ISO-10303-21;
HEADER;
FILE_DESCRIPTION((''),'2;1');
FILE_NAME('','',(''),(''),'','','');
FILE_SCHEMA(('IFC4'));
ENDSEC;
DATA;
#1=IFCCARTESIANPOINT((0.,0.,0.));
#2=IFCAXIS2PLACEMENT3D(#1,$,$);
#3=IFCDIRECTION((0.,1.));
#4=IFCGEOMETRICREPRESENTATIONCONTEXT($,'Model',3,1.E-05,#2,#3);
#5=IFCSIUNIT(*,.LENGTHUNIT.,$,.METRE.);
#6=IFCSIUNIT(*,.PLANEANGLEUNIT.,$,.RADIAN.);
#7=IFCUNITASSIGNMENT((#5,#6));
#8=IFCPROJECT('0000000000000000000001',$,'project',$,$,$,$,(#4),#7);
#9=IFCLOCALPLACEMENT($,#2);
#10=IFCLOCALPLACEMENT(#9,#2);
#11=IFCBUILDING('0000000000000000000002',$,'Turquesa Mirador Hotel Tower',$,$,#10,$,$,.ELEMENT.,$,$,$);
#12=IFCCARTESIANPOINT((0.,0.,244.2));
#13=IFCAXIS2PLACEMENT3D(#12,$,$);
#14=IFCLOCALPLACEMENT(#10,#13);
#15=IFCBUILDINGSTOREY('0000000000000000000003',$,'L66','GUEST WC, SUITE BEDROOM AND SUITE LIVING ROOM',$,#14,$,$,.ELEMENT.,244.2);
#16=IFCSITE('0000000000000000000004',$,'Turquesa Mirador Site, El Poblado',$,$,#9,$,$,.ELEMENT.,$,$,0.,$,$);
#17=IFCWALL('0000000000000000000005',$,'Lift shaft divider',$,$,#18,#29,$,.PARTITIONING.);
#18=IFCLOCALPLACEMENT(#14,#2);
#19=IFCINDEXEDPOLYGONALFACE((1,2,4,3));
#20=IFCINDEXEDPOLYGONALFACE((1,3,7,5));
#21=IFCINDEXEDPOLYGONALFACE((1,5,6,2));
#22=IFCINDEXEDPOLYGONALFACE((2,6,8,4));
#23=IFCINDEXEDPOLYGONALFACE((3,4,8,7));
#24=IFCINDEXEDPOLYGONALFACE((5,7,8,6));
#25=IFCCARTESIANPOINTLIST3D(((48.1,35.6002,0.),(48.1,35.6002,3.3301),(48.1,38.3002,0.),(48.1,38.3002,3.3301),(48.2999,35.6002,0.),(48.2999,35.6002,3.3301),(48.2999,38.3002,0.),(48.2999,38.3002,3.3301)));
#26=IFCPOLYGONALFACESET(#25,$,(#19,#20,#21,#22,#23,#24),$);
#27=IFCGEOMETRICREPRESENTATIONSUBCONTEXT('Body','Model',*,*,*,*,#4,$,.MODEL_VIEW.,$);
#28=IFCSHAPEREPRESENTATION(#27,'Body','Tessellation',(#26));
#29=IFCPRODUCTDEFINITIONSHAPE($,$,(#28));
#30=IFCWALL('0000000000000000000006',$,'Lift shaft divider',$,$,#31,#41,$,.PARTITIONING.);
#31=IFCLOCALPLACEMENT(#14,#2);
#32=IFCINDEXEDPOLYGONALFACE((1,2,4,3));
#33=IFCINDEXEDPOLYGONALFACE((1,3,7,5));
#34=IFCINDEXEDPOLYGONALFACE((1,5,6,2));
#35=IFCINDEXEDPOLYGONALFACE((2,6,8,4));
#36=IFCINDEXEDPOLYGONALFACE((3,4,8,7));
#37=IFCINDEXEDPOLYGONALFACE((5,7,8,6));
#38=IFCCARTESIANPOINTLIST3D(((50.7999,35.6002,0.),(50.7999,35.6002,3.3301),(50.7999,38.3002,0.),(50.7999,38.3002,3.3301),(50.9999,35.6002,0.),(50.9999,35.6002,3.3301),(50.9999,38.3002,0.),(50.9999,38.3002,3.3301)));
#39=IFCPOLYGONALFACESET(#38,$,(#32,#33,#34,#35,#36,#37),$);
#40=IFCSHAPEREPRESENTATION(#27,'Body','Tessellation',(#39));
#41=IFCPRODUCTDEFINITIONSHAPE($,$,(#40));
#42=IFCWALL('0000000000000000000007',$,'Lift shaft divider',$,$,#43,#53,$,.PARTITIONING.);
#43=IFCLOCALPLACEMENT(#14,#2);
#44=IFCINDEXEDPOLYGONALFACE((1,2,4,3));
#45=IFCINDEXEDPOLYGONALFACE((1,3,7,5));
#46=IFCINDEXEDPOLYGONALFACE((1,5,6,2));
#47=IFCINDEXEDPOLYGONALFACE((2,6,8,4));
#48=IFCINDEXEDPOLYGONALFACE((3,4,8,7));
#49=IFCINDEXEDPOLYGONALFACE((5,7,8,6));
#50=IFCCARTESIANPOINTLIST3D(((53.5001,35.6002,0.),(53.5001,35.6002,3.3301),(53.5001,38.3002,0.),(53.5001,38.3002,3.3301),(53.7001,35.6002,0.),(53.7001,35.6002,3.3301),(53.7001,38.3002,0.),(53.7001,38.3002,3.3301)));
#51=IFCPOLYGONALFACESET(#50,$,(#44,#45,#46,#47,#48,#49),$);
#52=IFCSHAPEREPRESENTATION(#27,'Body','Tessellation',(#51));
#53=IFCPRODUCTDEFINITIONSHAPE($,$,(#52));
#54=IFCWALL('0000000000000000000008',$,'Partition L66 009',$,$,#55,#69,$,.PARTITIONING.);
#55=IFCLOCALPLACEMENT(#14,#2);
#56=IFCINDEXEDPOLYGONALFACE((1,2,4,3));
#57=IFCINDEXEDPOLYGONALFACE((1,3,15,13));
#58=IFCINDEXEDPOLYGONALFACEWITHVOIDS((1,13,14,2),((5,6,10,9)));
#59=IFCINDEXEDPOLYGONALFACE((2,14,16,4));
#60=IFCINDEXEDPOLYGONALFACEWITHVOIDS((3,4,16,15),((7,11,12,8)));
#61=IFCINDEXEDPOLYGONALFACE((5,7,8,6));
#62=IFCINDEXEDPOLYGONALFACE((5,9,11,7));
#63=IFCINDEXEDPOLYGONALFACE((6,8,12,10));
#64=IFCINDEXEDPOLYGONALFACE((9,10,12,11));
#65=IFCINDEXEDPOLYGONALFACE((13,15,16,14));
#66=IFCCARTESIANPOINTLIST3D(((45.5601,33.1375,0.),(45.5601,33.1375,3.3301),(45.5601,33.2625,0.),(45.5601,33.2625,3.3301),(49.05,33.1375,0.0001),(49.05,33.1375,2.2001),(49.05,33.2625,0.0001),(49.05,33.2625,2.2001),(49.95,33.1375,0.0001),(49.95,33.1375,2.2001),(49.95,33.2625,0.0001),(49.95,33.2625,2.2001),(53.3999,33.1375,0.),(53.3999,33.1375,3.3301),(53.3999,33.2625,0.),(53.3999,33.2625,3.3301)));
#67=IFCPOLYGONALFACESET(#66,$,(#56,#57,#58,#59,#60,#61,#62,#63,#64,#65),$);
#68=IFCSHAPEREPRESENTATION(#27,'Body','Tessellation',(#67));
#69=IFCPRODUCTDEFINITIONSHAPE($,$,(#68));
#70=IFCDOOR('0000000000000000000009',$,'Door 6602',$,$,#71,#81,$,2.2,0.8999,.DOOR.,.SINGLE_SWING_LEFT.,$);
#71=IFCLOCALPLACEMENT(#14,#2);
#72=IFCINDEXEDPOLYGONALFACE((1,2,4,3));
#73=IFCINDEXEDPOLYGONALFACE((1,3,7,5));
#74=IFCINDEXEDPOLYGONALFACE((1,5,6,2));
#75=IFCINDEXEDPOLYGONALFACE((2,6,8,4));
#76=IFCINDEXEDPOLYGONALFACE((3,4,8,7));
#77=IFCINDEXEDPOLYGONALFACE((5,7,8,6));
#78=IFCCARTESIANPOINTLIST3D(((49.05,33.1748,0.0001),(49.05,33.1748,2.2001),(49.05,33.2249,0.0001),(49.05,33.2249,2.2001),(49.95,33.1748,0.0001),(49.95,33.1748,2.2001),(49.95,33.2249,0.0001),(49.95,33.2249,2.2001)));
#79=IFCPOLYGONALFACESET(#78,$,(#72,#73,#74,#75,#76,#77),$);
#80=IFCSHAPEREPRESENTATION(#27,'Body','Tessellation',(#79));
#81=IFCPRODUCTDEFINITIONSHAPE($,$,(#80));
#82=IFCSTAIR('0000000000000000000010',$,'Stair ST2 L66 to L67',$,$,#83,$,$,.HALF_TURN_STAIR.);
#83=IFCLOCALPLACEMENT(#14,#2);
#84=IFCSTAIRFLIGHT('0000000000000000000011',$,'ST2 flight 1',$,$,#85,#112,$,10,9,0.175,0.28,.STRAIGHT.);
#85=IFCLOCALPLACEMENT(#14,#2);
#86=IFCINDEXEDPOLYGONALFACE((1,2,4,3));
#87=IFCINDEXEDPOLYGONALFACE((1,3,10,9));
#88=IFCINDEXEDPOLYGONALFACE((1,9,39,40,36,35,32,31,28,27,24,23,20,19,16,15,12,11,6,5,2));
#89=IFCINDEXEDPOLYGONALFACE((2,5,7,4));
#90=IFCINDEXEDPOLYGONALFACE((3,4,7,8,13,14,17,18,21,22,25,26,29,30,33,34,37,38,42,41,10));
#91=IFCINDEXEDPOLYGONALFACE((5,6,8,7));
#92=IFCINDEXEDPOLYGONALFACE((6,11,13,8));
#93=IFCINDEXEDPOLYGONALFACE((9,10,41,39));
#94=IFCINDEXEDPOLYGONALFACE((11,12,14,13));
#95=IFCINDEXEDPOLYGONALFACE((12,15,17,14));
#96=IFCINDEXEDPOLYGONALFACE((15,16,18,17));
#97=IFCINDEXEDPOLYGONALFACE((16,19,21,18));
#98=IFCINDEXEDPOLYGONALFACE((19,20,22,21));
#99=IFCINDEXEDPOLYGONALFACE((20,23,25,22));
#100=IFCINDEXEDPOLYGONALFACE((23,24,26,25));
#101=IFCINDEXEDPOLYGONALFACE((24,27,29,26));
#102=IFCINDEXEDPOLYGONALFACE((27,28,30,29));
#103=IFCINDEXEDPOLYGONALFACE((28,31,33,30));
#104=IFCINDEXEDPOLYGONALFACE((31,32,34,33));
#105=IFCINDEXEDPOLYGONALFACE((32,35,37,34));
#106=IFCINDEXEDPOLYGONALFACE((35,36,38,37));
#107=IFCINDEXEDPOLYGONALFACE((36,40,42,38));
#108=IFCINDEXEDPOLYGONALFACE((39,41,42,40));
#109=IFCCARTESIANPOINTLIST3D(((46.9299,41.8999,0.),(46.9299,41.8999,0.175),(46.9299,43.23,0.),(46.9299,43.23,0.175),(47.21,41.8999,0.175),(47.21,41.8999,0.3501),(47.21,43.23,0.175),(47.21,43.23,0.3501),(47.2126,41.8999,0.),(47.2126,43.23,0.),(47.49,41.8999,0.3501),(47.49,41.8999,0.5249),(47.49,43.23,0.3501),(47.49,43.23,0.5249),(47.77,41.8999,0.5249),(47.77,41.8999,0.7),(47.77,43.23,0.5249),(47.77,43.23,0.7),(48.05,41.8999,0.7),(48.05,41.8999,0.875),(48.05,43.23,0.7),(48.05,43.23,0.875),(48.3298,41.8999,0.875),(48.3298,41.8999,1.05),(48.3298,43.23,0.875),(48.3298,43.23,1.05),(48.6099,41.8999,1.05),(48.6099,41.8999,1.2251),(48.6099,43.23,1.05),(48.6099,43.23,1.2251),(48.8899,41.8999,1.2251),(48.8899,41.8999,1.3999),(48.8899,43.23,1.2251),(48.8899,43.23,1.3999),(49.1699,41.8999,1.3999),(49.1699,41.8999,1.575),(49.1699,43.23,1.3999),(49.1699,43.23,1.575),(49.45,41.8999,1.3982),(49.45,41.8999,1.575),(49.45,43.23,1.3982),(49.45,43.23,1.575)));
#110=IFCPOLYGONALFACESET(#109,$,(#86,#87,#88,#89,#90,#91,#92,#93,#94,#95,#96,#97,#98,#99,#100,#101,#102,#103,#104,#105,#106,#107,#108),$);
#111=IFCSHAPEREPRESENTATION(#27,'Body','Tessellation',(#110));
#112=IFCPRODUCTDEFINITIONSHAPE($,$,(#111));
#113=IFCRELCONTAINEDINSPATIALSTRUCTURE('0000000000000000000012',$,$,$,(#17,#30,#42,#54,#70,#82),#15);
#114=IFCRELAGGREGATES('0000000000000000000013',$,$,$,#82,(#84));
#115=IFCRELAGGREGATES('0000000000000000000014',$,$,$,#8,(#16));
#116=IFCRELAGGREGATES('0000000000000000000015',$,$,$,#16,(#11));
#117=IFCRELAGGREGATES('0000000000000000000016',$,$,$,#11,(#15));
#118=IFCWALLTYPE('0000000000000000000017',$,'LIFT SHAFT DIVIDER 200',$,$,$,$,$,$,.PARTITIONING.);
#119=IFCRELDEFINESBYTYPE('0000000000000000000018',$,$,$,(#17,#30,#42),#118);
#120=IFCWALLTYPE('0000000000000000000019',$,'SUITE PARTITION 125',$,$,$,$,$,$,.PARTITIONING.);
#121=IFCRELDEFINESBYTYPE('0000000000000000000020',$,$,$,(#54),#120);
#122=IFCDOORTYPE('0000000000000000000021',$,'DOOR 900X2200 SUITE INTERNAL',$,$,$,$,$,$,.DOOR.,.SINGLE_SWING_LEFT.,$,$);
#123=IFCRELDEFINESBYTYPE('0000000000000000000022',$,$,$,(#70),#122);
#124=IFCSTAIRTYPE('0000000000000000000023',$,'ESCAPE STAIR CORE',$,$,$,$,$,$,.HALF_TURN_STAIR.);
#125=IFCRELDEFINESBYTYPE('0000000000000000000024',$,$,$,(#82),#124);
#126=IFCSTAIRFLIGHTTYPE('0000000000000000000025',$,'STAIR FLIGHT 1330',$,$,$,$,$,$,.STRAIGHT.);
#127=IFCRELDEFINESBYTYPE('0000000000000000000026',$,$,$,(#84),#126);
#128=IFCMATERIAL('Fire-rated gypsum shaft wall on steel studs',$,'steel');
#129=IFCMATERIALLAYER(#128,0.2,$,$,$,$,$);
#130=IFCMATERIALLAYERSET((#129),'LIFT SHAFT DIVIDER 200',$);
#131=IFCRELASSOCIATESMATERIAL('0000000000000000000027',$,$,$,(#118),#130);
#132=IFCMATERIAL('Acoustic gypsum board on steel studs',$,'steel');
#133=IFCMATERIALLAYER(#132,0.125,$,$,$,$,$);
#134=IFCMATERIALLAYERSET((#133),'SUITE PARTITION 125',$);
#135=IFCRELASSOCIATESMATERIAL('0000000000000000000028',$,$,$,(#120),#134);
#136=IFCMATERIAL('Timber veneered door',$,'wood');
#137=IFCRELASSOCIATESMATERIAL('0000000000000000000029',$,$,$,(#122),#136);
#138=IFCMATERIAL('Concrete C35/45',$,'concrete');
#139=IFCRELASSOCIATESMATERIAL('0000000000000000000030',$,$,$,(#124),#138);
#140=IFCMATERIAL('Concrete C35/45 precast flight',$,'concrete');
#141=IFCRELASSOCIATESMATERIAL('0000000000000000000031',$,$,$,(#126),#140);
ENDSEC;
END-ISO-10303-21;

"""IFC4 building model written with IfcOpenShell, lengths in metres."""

from ifc_helpers import new_model, si_unit, direction, frame, frame_2d, origin, place, context, subcontext, project, spatial, polyline, rectangle, outline, extrude, material, layer, layer_set, type_object, element, fill, aggregate, save


model = new_model("IFC4")

# Units and contexts
model_context = context("Model", 3, precision=1e-05, world=origin(), true_north=direction((0.0, 1.0)))
body_context = subcontext(model_context, "Body", "Model", "MODEL_VIEW")
ifc_project = project(units=[si_unit("LENGTHUNIT", "METRE"), si_unit("PLANEANGLEUNIT", "RADIAN")], contexts=[model_context])

# Site, building, storey
site_placement = place(None, origin())
site = spatial("IfcSite", under=ifc_project, at=site_placement, Name="Turquesa Mirador Site, El Poblado", CompositionType="ELEMENT", RefElevation=0.0)
building_placement = place(site_placement, origin())
building = spatial("IfcBuilding", under=site, at=building_placement, Name="Turquesa Mirador Hotel Tower", CompositionType="ELEMENT")
storey_placement = place(building_placement, frame((0.0, 0.0, 244.2)))
storey = spatial("IfcBuildingStorey", under=building, at=storey_placement, Name="L66", Description="GUEST WC, SUITE BEDROOM AND SUITE LIVING ROOM", CompositionType="ELEMENT", Elevation=244.2)

# Walls
ifc_material_1 = material(Name="Fire-rated gypsum shaft wall on steel studs", Category="steel")
ifc_layer_1 = layer(ifc_material_1, 0.2)
ifc_layer_set_1 = layer_set([ifc_layer_1], Name="LIFT SHAFT DIVIDER 200")
wall_type_1 = type_object("IfcWallType", Name="LIFT SHAFT DIVIDER 200", PredefinedType="PARTITIONING", material=ifc_layer_set_1)
for number, where, z_axis, x_axis, name in (
    (1, (48.2, 35.6001, 0.0), (0.0, 0.0, 1.0), (0.0, 1.0, 0.0), "Lift shaft divider"),
    (2, (50.8999, 35.6001, 0.0), (0.0, 0.0, 1.0), (0.0, 1.0, 0.0), "Lift shaft divider"),
    (3, (53.6001, 35.6001, 0.0), (0.0, 0.0, 1.0), (0.0, 1.0, 0.0), "Lift shaft divider"),
):
    element("IfcWall", number, at=place(storey_placement, frame(where, z_axis=z_axis, x_axis=x_axis)), inside=storey, type_object=wall_type_1, Name=name, PredefinedType="PARTITIONING", context=body_context, shape_type="SweptSolid", body=[
        extrude(rectangle(XDim=2.7, YDim=0.2, at=frame_2d((1.3501, 0.0))), origin(), (0.0, 0.0, 1.0), 3.3301),
    ])

# Wall, opening, door
ifc_material_2 = material(Name="Acoustic gypsum board on steel studs", Category="steel")
ifc_layer_2 = layer(ifc_material_2, 0.125)
ifc_layer_set_2 = layer_set([ifc_layer_2], Name="SUITE PARTITION 125")
wall_type_2 = type_object("IfcWallType", Name="SUITE PARTITION 125", PredefinedType="PARTITIONING", material=ifc_layer_set_2)
wall_1_placement = place(storey_placement, frame((45.5601, 33.2, 0.0), z_axis=(0.0, 0.0, 1.0), x_axis=(1.0, 0.0, 0.0)))
wall_1 = element("IfcWall", 4, at=wall_1_placement, inside=storey, type_object=wall_type_2, Name="Partition L66 009", PredefinedType="PARTITIONING", context=body_context, shape_type="SweptSolid", body=[
    extrude(rectangle(XDim=7.8398, YDim=0.125, at=frame_2d((3.9199, 0.0))), origin(), (0.0, 0.0, 1.0), 3.3301),
])
opening_1_placement = place(wall_1_placement, frame((3.49, 0.0, 0.0)))
opening_1 = element("IfcOpeningElement", 5, at=opening_1_placement, cuts=wall_1, PredefinedType="OPENING", context=body_context, shape_type="SweptSolid", body=[
    extrude(rectangle(XDim=0.8999, YDim=2.2, at=frame_2d((0.45, 1.1001))), frame((0.0, 0.0725, 0.0), z_axis=(0.0, -1.0, 0.0), x_axis=(1.0, 0.0, 0.0)), (0.0, 0.0, 1.0), 0.145),
])
ifc_material_3 = material(Name="Timber veneered door", Category="wood")
door_type_1 = type_object("IfcDoorType", Name="DOOR 900X2200 SUITE INTERNAL", OperationType="SINGLE_SWING_LEFT", PredefinedType="DOOR", material=ifc_material_3)
door_1_placement = place(opening_1_placement, origin())
door_1 = element("IfcDoor", 6, at=door_1_placement, inside=storey, type_object=door_type_1, Name="Door 6602", OperationType="SINGLE_SWING_LEFT", OverallHeight=2.2, OverallWidth=0.8999, PredefinedType="DOOR", context=body_context, shape_type="SweptSolid", body=[
    extrude(rectangle(XDim=0.8999, YDim=2.2, at=frame_2d((0.45, 1.1001))), frame((0.0, 0.0249, 0.0), z_axis=(0.0, -1.0, 0.0), x_axis=(1.0, 0.0, 0.0)), (0.0, 0.0, 1.0), 0.05),
])
fill(opening_1, door_1)

# Stair, stair flight
ifc_material_4 = material(Name="Concrete C35/45", Category="concrete")
stair_type = type_object("IfcStairType", Name="ESCAPE STAIR CORE", PredefinedType="HALF_TURN_STAIR", material=ifc_material_4)
stair_placement = place(storey_placement, origin())
stair = element("IfcStair", 7, at=stair_placement, inside=storey, type_object=stair_type, Name="Stair ST2 L66 to L67", PredefinedType="HALF_TURN_STAIR")
ifc_material_5 = material(Name="Concrete C35/45 precast flight", Category="concrete")
stair_flight_type = type_object("IfcStairFlightType", Name="STAIR FLIGHT 1330", PredefinedType="STRAIGHT", material=ifc_material_5)
stair_flight_placement = place(storey_placement, frame((46.9299, 42.5649, 0.0), z_axis=(0.0, 0.0, 1.0), x_axis=(1.0, 0.0, 0.0)))
stair_flight = element("IfcStairFlight", 8, at=stair_flight_placement, type_object=stair_flight_type, Name="ST2 flight 1", NumberOfRisers=10, NumberOfTreads=9, PredefinedType="STRAIGHT", RiserHeight=0.175, TreadLength=0.28, context=body_context, shape_type="SweptSolid", body=[
    extrude(outline(polyline([(0.0, 0.0), (0.0, 0.175), (0.28, 0.175), (0.28, 0.3501), (0.5601, 0.3501), (0.5601, 0.5249), (0.8401, 0.5249), (0.8401, 0.7), (1.1201, 0.7), (1.1201, 0.875), (1.3999, 0.875), (1.3999, 1.05), (1.6799, 1.05), (1.6799, 1.2251), (1.96, 1.2251), (1.96, 1.3999), (2.24, 1.3999), (2.24, 1.575), (2.52, 1.575), (2.52, 1.75), (2.52, 1.3982), (0.2827, 0.0), (0.0, 0.0)])), frame((0.0, 0.665, 0.0), z_axis=(0.0, -1.0, 0.0), x_axis=(1.0, 0.0, 0.0)), (0.0, 0.0, 1.0), 1.3301),
])
aggregate(stair, [stair_flight])

save(model, "model.ifc")
